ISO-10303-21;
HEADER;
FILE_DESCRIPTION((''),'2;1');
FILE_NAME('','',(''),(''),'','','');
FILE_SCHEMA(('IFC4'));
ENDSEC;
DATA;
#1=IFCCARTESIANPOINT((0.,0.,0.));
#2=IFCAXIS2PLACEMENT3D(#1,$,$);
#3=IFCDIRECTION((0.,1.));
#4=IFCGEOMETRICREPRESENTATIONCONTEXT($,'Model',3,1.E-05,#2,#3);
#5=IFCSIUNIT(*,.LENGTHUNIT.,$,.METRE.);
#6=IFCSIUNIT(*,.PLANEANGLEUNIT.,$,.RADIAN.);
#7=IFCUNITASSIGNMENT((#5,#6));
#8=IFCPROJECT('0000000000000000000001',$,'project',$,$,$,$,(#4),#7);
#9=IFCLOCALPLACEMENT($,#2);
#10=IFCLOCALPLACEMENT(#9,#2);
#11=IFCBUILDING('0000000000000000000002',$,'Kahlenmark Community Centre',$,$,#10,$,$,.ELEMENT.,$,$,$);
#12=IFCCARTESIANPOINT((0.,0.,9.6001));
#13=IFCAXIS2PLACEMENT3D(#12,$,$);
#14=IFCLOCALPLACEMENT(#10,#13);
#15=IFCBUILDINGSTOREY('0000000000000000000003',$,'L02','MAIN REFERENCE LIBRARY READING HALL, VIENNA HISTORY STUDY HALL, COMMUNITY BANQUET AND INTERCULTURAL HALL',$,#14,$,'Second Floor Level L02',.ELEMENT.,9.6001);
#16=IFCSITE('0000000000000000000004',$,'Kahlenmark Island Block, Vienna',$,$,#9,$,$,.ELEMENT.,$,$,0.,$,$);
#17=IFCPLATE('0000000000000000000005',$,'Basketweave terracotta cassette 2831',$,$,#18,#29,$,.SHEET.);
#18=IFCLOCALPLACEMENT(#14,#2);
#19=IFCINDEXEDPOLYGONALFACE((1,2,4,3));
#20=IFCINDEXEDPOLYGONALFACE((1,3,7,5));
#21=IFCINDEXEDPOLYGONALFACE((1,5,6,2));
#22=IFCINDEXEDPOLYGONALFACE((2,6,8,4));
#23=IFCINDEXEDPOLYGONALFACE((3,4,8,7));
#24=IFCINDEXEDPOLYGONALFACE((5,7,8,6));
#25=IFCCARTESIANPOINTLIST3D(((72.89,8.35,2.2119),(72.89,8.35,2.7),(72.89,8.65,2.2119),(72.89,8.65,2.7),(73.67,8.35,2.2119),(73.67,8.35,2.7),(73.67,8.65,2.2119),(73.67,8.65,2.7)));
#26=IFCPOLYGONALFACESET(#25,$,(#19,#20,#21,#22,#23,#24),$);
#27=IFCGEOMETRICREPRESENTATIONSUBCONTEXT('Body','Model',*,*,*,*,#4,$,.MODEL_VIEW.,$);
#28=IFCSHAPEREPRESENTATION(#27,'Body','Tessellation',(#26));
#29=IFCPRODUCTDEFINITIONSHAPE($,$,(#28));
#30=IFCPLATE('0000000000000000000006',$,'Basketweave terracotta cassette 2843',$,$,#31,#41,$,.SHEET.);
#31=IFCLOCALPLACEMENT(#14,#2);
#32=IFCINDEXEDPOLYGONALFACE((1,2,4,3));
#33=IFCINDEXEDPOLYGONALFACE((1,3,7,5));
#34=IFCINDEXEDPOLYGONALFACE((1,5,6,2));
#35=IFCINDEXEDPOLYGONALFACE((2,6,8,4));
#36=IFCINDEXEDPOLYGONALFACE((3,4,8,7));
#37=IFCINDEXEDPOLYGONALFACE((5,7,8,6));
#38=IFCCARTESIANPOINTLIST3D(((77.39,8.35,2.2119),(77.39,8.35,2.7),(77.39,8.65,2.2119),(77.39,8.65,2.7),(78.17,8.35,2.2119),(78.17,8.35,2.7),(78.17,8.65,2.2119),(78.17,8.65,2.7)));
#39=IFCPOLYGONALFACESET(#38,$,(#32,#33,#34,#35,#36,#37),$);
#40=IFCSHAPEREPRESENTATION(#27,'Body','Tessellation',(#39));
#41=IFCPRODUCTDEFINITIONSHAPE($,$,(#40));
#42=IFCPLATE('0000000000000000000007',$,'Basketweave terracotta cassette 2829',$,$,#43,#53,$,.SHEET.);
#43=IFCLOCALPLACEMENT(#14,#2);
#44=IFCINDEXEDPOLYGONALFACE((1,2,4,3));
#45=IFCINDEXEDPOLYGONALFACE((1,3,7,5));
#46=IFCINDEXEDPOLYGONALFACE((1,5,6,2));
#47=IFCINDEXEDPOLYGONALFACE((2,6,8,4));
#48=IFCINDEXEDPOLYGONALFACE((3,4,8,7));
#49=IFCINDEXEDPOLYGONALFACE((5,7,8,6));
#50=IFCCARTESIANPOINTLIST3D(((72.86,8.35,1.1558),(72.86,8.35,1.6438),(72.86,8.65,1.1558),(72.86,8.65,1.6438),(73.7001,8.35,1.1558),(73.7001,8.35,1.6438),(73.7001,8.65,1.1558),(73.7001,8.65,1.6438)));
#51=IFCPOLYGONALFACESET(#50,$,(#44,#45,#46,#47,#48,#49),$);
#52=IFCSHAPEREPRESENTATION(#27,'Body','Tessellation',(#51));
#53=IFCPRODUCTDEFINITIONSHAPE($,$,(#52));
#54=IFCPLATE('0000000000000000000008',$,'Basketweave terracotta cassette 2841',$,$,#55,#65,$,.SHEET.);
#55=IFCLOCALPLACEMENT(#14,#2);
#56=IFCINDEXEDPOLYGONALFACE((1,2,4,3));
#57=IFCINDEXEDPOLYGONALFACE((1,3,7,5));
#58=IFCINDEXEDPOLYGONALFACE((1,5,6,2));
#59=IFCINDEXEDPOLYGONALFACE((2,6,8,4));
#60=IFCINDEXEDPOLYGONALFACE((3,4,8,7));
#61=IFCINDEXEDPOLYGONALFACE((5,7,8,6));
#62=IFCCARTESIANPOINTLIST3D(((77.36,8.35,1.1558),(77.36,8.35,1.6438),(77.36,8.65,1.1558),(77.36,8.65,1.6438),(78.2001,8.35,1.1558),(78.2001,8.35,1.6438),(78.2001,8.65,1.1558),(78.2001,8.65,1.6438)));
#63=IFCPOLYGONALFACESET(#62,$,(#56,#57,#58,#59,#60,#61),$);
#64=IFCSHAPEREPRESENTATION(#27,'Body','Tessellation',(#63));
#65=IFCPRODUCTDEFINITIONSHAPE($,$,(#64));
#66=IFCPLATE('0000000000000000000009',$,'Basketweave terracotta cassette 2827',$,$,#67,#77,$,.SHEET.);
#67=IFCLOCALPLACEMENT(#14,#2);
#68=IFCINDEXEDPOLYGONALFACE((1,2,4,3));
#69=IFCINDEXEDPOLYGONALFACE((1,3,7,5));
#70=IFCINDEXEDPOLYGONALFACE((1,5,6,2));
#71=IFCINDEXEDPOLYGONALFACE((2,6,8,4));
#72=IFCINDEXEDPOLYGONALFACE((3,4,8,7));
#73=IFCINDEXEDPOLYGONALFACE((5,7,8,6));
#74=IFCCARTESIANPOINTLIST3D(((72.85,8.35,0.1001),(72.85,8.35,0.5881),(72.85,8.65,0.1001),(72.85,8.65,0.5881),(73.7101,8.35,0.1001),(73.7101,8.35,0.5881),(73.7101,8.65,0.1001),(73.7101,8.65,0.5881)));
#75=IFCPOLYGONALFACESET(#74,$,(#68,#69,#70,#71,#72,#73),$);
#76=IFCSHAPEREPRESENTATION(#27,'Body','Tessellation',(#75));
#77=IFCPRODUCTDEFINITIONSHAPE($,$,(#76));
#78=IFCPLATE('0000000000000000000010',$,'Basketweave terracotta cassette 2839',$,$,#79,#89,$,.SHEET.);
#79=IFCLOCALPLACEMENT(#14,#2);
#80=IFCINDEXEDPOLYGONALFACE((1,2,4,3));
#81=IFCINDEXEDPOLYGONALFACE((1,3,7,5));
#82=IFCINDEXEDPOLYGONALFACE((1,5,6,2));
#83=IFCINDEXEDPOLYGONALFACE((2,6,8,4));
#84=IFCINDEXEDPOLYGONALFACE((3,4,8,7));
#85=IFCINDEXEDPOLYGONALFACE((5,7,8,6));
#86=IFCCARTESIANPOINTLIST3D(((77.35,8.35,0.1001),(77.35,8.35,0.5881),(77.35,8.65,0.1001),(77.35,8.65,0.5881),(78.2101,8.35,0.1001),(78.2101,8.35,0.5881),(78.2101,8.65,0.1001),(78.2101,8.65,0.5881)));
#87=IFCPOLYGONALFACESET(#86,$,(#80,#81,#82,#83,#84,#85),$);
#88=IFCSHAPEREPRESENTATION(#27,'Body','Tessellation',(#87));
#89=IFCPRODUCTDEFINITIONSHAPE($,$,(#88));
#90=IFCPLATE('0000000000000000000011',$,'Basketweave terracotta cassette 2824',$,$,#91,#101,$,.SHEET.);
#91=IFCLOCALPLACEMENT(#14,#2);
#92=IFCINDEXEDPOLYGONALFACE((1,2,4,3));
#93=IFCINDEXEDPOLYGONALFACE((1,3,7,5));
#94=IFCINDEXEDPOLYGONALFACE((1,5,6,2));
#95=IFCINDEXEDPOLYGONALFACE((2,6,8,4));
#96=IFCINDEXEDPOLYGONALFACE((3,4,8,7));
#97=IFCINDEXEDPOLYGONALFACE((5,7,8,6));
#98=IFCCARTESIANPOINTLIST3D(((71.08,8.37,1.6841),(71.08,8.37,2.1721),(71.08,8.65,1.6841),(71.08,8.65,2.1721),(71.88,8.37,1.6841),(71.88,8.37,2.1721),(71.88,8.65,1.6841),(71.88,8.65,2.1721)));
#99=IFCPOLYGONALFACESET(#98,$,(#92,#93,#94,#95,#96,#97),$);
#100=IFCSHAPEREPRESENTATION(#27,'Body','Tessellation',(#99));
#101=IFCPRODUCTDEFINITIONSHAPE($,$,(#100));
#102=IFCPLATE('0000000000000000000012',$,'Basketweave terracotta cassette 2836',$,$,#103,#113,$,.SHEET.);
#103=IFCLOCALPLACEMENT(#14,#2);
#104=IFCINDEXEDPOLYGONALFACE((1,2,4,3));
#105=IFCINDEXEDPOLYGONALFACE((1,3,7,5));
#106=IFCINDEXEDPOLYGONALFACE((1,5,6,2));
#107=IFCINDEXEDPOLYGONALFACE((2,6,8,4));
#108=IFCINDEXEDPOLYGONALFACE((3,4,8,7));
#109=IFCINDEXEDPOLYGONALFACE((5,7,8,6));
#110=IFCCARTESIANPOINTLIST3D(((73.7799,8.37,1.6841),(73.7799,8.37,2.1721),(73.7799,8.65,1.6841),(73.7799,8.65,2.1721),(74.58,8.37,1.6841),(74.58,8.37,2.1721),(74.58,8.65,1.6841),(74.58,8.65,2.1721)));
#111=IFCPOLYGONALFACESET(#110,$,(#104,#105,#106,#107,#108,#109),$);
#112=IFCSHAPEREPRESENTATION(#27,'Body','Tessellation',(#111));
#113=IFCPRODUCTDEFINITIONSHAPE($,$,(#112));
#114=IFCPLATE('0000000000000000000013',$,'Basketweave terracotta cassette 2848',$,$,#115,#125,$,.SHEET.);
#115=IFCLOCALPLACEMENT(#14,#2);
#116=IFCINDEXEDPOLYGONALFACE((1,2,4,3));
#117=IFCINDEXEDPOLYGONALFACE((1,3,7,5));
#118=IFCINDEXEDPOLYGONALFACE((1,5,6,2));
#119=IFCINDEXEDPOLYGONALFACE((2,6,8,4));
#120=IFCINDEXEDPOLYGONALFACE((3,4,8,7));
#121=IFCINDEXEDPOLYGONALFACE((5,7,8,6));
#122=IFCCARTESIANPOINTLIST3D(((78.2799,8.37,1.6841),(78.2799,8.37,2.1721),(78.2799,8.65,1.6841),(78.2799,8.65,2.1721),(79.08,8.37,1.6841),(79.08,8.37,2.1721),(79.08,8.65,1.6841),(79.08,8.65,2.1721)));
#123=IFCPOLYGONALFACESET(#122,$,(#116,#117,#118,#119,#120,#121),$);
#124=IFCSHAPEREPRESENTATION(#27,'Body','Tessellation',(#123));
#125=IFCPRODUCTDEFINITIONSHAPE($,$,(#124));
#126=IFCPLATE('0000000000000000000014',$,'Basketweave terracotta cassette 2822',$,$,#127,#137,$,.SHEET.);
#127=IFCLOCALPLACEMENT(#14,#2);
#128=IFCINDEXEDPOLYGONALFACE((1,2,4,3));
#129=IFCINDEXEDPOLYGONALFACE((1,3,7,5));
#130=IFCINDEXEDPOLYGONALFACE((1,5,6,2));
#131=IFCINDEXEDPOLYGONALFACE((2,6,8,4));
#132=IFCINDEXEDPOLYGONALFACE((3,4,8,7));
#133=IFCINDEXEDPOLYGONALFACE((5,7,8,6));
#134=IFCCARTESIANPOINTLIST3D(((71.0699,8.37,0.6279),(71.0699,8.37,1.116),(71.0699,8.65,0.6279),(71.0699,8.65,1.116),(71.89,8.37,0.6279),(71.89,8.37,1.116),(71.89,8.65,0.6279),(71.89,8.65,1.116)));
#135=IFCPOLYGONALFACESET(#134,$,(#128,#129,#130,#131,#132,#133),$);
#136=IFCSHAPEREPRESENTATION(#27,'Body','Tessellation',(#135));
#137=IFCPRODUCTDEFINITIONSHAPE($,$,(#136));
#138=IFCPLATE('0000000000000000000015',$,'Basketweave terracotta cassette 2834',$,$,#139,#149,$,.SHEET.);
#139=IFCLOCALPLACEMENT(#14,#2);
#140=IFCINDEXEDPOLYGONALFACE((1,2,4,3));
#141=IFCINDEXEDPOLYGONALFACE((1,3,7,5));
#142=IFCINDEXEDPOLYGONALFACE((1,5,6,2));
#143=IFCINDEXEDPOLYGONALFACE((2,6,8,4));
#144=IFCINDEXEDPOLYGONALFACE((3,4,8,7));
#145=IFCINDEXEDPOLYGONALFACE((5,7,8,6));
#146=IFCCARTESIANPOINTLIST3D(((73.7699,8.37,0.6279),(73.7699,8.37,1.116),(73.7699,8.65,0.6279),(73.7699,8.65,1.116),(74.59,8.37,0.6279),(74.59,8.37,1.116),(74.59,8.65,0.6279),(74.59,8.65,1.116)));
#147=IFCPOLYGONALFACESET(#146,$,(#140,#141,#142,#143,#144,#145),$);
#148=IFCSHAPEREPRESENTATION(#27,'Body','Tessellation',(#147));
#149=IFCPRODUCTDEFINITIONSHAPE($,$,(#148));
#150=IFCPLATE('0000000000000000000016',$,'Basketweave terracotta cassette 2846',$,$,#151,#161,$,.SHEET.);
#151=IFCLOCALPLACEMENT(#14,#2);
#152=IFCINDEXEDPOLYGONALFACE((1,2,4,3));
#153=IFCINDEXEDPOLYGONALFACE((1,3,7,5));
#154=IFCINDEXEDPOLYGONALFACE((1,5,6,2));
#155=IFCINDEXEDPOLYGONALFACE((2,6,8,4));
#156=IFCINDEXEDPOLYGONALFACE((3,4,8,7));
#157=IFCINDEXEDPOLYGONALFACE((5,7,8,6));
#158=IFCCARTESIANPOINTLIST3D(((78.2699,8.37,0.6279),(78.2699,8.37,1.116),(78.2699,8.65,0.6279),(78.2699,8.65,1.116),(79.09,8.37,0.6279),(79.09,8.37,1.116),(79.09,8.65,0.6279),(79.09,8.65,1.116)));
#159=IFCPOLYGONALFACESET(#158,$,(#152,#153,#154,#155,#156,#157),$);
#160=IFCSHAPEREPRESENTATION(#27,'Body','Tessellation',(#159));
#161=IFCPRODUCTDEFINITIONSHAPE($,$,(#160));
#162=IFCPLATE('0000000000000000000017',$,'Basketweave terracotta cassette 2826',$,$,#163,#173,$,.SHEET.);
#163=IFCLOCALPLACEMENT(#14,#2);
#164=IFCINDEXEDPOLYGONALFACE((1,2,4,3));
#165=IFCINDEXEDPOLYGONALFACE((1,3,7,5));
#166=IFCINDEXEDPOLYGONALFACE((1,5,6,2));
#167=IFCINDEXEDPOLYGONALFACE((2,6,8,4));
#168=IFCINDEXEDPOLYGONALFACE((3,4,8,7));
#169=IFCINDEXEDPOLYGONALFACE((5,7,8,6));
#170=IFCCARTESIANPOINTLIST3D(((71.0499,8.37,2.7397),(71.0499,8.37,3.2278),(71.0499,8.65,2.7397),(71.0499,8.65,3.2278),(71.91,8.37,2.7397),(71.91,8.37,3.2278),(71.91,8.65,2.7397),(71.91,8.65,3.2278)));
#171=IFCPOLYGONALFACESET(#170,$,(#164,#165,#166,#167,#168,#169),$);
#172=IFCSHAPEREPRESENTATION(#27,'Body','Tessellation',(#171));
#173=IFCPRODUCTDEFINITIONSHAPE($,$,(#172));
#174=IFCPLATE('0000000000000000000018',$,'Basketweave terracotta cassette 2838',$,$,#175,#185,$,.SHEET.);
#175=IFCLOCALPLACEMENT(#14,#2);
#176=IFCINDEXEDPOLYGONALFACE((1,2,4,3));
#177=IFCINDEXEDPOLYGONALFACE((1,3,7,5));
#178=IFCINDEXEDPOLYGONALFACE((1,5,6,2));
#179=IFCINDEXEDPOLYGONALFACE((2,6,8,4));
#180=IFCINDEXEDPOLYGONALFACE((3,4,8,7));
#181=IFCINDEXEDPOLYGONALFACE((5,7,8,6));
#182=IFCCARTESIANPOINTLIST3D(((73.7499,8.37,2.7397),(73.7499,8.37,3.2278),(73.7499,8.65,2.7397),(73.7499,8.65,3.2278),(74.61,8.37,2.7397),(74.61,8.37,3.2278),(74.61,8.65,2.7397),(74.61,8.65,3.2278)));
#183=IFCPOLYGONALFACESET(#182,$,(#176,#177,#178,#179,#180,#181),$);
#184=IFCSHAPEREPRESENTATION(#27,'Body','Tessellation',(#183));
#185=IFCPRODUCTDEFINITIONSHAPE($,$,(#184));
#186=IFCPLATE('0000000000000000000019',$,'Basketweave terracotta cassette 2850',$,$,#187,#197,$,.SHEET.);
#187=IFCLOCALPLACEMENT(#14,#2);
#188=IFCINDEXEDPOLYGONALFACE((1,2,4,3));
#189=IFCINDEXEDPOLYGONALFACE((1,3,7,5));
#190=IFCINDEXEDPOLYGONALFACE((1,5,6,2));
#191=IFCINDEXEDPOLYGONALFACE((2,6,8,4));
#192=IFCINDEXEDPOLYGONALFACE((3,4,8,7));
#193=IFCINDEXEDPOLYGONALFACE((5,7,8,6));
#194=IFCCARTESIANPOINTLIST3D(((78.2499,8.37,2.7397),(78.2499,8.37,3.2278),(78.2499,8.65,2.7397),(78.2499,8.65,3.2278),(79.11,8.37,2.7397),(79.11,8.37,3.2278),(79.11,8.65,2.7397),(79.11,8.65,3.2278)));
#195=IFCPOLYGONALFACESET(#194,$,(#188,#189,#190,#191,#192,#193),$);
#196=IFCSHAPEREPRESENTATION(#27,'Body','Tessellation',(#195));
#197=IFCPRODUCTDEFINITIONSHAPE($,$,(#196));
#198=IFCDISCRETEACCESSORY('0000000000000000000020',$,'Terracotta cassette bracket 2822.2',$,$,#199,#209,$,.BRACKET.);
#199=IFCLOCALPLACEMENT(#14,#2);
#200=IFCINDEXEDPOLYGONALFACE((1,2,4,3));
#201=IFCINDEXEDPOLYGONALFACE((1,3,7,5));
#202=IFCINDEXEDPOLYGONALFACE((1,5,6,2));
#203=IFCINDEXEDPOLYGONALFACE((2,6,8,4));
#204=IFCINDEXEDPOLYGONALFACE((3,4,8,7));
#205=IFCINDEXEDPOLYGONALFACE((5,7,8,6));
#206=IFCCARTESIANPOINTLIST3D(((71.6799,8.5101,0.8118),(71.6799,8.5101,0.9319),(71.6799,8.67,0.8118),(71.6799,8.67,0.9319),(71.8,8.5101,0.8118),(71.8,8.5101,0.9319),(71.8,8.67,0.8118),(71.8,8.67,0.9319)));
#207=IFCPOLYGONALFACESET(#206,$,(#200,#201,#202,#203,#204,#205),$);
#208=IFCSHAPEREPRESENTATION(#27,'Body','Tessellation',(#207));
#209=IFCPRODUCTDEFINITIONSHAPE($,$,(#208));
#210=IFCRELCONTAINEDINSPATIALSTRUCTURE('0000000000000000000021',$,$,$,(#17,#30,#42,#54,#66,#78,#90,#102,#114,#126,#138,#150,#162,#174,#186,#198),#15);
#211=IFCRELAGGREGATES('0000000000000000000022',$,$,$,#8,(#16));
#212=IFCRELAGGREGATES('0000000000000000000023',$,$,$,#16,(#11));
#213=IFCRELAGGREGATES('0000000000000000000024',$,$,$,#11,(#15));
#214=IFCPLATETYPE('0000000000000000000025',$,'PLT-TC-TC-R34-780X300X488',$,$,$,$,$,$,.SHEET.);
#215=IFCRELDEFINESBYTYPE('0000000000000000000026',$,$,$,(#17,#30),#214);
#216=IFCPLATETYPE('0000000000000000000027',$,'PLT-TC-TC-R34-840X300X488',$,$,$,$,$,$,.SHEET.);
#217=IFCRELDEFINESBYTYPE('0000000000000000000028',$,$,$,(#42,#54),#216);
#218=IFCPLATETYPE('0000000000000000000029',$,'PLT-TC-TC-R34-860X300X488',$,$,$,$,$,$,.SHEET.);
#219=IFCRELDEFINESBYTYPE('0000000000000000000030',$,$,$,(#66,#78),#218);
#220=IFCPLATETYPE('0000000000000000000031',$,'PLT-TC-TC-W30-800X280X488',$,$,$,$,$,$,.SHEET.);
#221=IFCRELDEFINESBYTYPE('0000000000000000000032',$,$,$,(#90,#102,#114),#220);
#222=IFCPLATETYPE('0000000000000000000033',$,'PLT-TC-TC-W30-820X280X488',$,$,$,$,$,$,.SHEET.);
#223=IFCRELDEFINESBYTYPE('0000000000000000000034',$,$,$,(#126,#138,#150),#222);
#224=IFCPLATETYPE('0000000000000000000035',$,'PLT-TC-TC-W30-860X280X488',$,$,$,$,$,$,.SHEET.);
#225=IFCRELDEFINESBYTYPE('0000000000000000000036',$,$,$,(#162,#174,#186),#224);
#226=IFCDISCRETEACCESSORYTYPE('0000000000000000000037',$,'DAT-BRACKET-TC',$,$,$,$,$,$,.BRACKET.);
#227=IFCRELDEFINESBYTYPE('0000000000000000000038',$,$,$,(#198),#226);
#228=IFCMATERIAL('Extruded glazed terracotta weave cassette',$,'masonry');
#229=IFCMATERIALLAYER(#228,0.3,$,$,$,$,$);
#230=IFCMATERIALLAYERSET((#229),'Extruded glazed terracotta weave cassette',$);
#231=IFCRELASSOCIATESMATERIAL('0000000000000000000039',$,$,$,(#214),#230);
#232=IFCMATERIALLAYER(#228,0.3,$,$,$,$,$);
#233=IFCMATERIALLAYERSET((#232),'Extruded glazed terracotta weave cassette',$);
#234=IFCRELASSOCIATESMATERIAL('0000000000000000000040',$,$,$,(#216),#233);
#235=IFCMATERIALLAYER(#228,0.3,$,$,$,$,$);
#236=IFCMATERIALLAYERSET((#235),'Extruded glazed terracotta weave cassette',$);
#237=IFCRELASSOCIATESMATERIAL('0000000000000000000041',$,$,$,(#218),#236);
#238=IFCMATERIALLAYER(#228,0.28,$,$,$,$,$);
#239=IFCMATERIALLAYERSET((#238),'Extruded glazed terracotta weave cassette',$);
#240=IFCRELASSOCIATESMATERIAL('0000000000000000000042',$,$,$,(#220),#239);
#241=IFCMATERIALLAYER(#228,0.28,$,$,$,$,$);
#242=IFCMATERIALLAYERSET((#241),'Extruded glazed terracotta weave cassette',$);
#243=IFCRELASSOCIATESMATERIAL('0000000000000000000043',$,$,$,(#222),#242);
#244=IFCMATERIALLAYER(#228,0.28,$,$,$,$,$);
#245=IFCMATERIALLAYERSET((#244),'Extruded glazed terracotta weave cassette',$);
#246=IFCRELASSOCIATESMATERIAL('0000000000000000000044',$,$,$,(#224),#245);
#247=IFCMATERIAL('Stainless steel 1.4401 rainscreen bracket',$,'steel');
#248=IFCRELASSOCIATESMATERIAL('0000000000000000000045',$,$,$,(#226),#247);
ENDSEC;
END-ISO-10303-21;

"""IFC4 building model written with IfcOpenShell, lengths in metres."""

from ifc_helpers import new_model, si_unit, direction, frame, origin, origin_2d, place, context, subcontext, project, spatial, rectangle, extrude, material, layer, layer_set, type_object, element, save


model = new_model("IFC4")

# Units and contexts
model_context = context("Model", 3, precision=1e-05, world=origin(), true_north=direction((0.0, 1.0)))
body_context = subcontext(model_context, "Body", "Model", "MODEL_VIEW")
ifc_project = project(units=[si_unit("LENGTHUNIT", "METRE"), si_unit("PLANEANGLEUNIT", "RADIAN")], contexts=[model_context])

# Site, building, storey
site_placement = place(None, origin())
site = spatial("IfcSite", under=ifc_project, at=site_placement, Name="Kahlenmark Island Block, Vienna", CompositionType="ELEMENT", RefElevation=0.0)
building_placement = place(site_placement, origin())
building = spatial("IfcBuilding", under=site, at=building_placement, Name="Kahlenmark Community Centre", CompositionType="ELEMENT")
storey_placement = place(building_placement, frame((0.0, 0.0, 9.6001)))
storey = spatial("IfcBuildingStorey", under=building, at=storey_placement, Name="L02", Description="MAIN REFERENCE LIBRARY READING HALL, VIENNA HISTORY STUDY HALL, COMMUNITY BANQUET AND INTERCULTURAL HALL", LongName="Second Floor Level L02", CompositionType="ELEMENT", Elevation=9.6001)

# Plates
ifc_material_1 = material(Name="Extruded glazed terracotta weave cassette", Category="masonry")
ifc_layer_1 = layer(ifc_material_1, 0.3)
ifc_layer_set_1 = layer_set([ifc_layer_1], Name="Extruded glazed terracotta weave cassette")
plate_type_1 = type_object("IfcPlateType", Name="PLT-TC-TC-R34-780X300X488", PredefinedType="SHEET", material=ifc_layer_set_1)
for number, where, z_axis, x_axis, name in (
    (1, (73.28, 8.5, 2.2119), (0.0, 0.0, 1.0), (1.0, 0.0, 0.0), "Basketweave terracotta cassette 2831"),
    (2, (77.78, 8.5, 2.2119), (0.0, 0.0, 1.0), (1.0, 0.0, 0.0), "Basketweave terracotta cassette 2843"),
):
    element("IfcPlate", number, at=place(storey_placement, frame(where, z_axis=z_axis, x_axis=x_axis)), inside=storey, type_object=plate_type_1, Name=name, PredefinedType="SHEET", context=body_context, shape_type="SweptSolid", body=[
        extrude(rectangle(XDim=0.78, YDim=0.3, at=origin_2d()), origin(), (0.0, 0.0, 1.0), 0.488),
    ])
ifc_layer_2 = layer(ifc_material_1, 0.3)
ifc_layer_set_2 = layer_set([ifc_layer_2], Name="Extruded glazed terracotta weave cassette")
plate_type_2 = type_object("IfcPlateType", Name="PLT-TC-TC-R34-840X300X488", PredefinedType="SHEET", material=ifc_layer_set_2)
for number, where, z_axis, x_axis, name in (
    (3, (73.28, 8.5, 1.1558), (0.0, 0.0, 1.0), (1.0, 0.0, 0.0), "Basketweave terracotta cassette 2829"),
    (4, (77.78, 8.5, 1.1558), (0.0, 0.0, 1.0), (1.0, 0.0, 0.0), "Basketweave terracotta cassette 2841"),
):
    element("IfcPlate", number, at=place(storey_placement, frame(where, z_axis=z_axis, x_axis=x_axis)), inside=storey, type_object=plate_type_2, Name=name, PredefinedType="SHEET", context=body_context, shape_type="SweptSolid", body=[
        extrude(rectangle(XDim=0.8401, YDim=0.3, at=origin_2d()), origin(), (0.0, 0.0, 1.0), 0.488),
    ])
ifc_layer_3 = layer(ifc_material_1, 0.3)
ifc_layer_set_3 = layer_set([ifc_layer_3], Name="Extruded glazed terracotta weave cassette")
plate_type_3 = type_object("IfcPlateType", Name="PLT-TC-TC-R34-860X300X488", PredefinedType="SHEET", material=ifc_layer_set_3)
for number, where, z_axis, x_axis, name in (
    (5, (73.28, 8.5, 0.1001), (0.0, 0.0, 1.0), (1.0, 0.0, 0.0), "Basketweave terracotta cassette 2827"),
    (6, (77.78, 8.5, 0.1001), (0.0, 0.0, 1.0), (1.0, 0.0, 0.0), "Basketweave terracotta cassette 2839"),
):
    element("IfcPlate", number, at=place(storey_placement, frame(where, z_axis=z_axis, x_axis=x_axis)), inside=storey, type_object=plate_type_3, Name=name, PredefinedType="SHEET", context=body_context, shape_type="SweptSolid", body=[
        extrude(rectangle(XDim=0.8601, YDim=0.3, at=origin_2d()), origin(), (0.0, 0.0, 1.0), 0.488),
    ])
ifc_layer_4 = layer(ifc_material_1, 0.28)
ifc_layer_set_4 = layer_set([ifc_layer_4], Name="Extruded glazed terracotta weave cassette")
plate_type_4 = type_object("IfcPlateType", Name="PLT-TC-TC-W30-800X280X488", PredefinedType="SHEET", material=ifc_layer_set_4)
for number, where, z_axis, x_axis, name in (
    (7, (71.48, 8.51, 1.6841), (0.0, 0.0, 1.0), (1.0, 0.0, 0.0), "Basketweave terracotta cassette 2824"),
    (8, (74.1799, 8.51, 1.6841), (0.0, 0.0, 1.0), (1.0, 0.0, 0.0), "Basketweave terracotta cassette 2836"),
    (9, (78.6799, 8.51, 1.6841), (0.0, 0.0, 1.0), (1.0, 0.0, 0.0), "Basketweave terracotta cassette 2848"),
):
    element("IfcPlate", number, at=place(storey_placement, frame(where, z_axis=z_axis, x_axis=x_axis)), inside=storey, type_object=plate_type_4, Name=name, PredefinedType="SHEET", context=body_context, shape_type="SweptSolid", body=[
        extrude(rectangle(XDim=0.8, YDim=0.28, at=origin_2d()), origin(), (0.0, 0.0, 1.0), 0.488),
    ])
ifc_layer_5 = layer(ifc_material_1, 0.28)
ifc_layer_set_5 = layer_set([ifc_layer_5], Name="Extruded glazed terracotta weave cassette")
plate_type_5 = type_object("IfcPlateType", Name="PLT-TC-TC-W30-820X280X488", PredefinedType="SHEET", material=ifc_layer_set_5)
for number, where, z_axis, x_axis, name in (
    (10, (71.48, 8.51, 0.6279), (0.0, 0.0, 1.0), (1.0, 0.0, 0.0), "Basketweave terracotta cassette 2822"),
    (11, (74.1799, 8.51, 0.6279), (0.0, 0.0, 1.0), (1.0, 0.0, 0.0), "Basketweave terracotta cassette 2834"),
    (12, (78.6799, 8.51, 0.6279), (0.0, 0.0, 1.0), (1.0, 0.0, 0.0), "Basketweave terracotta cassette 2846"),
):
    element("IfcPlate", number, at=place(storey_placement, frame(where, z_axis=z_axis, x_axis=x_axis)), inside=storey, type_object=plate_type_5, Name=name, PredefinedType="SHEET", context=body_context, shape_type="SweptSolid", body=[
        extrude(rectangle(XDim=0.8201, YDim=0.28, at=origin_2d()), origin(), (0.0, 0.0, 1.0), 0.488),
    ])
ifc_layer_6 = layer(ifc_material_1, 0.28)
ifc_layer_set_6 = layer_set([ifc_layer_6], Name="Extruded glazed terracotta weave cassette")
plate_type_6 = type_object("IfcPlateType", Name="PLT-TC-TC-W30-860X280X488", PredefinedType="SHEET", material=ifc_layer_set_6)
for number, where, z_axis, x_axis, name in (
    (13, (71.48, 8.51, 2.7397), (0.0, 0.0, 1.0), (1.0, 0.0, 0.0), "Basketweave terracotta cassette 2826"),
    (14, (74.1799, 8.51, 2.7397), (0.0, 0.0, 1.0), (1.0, 0.0, 0.0), "Basketweave terracotta cassette 2838"),
    (15, (78.6799, 8.51, 2.7397), (0.0, 0.0, 1.0), (1.0, 0.0, 0.0), "Basketweave terracotta cassette 2850"),
):
    element("IfcPlate", number, at=place(storey_placement, frame(where, z_axis=z_axis, x_axis=x_axis)), inside=storey, type_object=plate_type_6, Name=name, PredefinedType="SHEET", context=body_context, shape_type="SweptSolid", body=[
        extrude(rectangle(XDim=0.8601, YDim=0.28, at=origin_2d()), origin(), (0.0, 0.0, 1.0), 0.488),
    ])

# Discrete accessory
ifc_material_2 = material(Name="Stainless steel 1.4401 rainscreen bracket", Category="steel")
discrete_accessory_type = type_object("IfcDiscreteAccessoryType", Name="DAT-BRACKET-TC", PredefinedType="BRACKET", material=ifc_material_2)
for number, where, z_axis, x_axis, name in (
    (16, (71.74, 8.5901, 0.8118), (0.0, 0.0, 1.0), (1.0, 0.0, 0.0), "Terracotta cassette bracket 2822.2"),
):
    element("IfcDiscreteAccessory", number, at=place(storey_placement, frame(where, z_axis=z_axis, x_axis=x_axis)), inside=storey, type_object=discrete_accessory_type, Name=name, PredefinedType="BRACKET", context=body_context, shape_type="SweptSolid", body=[
        extrude(rectangle(XDim=0.1201, YDim=0.1599, at=origin_2d()), origin(), (0.0, 0.0, 1.0), 0.1201),
    ])

save(model, "model.ifc")
